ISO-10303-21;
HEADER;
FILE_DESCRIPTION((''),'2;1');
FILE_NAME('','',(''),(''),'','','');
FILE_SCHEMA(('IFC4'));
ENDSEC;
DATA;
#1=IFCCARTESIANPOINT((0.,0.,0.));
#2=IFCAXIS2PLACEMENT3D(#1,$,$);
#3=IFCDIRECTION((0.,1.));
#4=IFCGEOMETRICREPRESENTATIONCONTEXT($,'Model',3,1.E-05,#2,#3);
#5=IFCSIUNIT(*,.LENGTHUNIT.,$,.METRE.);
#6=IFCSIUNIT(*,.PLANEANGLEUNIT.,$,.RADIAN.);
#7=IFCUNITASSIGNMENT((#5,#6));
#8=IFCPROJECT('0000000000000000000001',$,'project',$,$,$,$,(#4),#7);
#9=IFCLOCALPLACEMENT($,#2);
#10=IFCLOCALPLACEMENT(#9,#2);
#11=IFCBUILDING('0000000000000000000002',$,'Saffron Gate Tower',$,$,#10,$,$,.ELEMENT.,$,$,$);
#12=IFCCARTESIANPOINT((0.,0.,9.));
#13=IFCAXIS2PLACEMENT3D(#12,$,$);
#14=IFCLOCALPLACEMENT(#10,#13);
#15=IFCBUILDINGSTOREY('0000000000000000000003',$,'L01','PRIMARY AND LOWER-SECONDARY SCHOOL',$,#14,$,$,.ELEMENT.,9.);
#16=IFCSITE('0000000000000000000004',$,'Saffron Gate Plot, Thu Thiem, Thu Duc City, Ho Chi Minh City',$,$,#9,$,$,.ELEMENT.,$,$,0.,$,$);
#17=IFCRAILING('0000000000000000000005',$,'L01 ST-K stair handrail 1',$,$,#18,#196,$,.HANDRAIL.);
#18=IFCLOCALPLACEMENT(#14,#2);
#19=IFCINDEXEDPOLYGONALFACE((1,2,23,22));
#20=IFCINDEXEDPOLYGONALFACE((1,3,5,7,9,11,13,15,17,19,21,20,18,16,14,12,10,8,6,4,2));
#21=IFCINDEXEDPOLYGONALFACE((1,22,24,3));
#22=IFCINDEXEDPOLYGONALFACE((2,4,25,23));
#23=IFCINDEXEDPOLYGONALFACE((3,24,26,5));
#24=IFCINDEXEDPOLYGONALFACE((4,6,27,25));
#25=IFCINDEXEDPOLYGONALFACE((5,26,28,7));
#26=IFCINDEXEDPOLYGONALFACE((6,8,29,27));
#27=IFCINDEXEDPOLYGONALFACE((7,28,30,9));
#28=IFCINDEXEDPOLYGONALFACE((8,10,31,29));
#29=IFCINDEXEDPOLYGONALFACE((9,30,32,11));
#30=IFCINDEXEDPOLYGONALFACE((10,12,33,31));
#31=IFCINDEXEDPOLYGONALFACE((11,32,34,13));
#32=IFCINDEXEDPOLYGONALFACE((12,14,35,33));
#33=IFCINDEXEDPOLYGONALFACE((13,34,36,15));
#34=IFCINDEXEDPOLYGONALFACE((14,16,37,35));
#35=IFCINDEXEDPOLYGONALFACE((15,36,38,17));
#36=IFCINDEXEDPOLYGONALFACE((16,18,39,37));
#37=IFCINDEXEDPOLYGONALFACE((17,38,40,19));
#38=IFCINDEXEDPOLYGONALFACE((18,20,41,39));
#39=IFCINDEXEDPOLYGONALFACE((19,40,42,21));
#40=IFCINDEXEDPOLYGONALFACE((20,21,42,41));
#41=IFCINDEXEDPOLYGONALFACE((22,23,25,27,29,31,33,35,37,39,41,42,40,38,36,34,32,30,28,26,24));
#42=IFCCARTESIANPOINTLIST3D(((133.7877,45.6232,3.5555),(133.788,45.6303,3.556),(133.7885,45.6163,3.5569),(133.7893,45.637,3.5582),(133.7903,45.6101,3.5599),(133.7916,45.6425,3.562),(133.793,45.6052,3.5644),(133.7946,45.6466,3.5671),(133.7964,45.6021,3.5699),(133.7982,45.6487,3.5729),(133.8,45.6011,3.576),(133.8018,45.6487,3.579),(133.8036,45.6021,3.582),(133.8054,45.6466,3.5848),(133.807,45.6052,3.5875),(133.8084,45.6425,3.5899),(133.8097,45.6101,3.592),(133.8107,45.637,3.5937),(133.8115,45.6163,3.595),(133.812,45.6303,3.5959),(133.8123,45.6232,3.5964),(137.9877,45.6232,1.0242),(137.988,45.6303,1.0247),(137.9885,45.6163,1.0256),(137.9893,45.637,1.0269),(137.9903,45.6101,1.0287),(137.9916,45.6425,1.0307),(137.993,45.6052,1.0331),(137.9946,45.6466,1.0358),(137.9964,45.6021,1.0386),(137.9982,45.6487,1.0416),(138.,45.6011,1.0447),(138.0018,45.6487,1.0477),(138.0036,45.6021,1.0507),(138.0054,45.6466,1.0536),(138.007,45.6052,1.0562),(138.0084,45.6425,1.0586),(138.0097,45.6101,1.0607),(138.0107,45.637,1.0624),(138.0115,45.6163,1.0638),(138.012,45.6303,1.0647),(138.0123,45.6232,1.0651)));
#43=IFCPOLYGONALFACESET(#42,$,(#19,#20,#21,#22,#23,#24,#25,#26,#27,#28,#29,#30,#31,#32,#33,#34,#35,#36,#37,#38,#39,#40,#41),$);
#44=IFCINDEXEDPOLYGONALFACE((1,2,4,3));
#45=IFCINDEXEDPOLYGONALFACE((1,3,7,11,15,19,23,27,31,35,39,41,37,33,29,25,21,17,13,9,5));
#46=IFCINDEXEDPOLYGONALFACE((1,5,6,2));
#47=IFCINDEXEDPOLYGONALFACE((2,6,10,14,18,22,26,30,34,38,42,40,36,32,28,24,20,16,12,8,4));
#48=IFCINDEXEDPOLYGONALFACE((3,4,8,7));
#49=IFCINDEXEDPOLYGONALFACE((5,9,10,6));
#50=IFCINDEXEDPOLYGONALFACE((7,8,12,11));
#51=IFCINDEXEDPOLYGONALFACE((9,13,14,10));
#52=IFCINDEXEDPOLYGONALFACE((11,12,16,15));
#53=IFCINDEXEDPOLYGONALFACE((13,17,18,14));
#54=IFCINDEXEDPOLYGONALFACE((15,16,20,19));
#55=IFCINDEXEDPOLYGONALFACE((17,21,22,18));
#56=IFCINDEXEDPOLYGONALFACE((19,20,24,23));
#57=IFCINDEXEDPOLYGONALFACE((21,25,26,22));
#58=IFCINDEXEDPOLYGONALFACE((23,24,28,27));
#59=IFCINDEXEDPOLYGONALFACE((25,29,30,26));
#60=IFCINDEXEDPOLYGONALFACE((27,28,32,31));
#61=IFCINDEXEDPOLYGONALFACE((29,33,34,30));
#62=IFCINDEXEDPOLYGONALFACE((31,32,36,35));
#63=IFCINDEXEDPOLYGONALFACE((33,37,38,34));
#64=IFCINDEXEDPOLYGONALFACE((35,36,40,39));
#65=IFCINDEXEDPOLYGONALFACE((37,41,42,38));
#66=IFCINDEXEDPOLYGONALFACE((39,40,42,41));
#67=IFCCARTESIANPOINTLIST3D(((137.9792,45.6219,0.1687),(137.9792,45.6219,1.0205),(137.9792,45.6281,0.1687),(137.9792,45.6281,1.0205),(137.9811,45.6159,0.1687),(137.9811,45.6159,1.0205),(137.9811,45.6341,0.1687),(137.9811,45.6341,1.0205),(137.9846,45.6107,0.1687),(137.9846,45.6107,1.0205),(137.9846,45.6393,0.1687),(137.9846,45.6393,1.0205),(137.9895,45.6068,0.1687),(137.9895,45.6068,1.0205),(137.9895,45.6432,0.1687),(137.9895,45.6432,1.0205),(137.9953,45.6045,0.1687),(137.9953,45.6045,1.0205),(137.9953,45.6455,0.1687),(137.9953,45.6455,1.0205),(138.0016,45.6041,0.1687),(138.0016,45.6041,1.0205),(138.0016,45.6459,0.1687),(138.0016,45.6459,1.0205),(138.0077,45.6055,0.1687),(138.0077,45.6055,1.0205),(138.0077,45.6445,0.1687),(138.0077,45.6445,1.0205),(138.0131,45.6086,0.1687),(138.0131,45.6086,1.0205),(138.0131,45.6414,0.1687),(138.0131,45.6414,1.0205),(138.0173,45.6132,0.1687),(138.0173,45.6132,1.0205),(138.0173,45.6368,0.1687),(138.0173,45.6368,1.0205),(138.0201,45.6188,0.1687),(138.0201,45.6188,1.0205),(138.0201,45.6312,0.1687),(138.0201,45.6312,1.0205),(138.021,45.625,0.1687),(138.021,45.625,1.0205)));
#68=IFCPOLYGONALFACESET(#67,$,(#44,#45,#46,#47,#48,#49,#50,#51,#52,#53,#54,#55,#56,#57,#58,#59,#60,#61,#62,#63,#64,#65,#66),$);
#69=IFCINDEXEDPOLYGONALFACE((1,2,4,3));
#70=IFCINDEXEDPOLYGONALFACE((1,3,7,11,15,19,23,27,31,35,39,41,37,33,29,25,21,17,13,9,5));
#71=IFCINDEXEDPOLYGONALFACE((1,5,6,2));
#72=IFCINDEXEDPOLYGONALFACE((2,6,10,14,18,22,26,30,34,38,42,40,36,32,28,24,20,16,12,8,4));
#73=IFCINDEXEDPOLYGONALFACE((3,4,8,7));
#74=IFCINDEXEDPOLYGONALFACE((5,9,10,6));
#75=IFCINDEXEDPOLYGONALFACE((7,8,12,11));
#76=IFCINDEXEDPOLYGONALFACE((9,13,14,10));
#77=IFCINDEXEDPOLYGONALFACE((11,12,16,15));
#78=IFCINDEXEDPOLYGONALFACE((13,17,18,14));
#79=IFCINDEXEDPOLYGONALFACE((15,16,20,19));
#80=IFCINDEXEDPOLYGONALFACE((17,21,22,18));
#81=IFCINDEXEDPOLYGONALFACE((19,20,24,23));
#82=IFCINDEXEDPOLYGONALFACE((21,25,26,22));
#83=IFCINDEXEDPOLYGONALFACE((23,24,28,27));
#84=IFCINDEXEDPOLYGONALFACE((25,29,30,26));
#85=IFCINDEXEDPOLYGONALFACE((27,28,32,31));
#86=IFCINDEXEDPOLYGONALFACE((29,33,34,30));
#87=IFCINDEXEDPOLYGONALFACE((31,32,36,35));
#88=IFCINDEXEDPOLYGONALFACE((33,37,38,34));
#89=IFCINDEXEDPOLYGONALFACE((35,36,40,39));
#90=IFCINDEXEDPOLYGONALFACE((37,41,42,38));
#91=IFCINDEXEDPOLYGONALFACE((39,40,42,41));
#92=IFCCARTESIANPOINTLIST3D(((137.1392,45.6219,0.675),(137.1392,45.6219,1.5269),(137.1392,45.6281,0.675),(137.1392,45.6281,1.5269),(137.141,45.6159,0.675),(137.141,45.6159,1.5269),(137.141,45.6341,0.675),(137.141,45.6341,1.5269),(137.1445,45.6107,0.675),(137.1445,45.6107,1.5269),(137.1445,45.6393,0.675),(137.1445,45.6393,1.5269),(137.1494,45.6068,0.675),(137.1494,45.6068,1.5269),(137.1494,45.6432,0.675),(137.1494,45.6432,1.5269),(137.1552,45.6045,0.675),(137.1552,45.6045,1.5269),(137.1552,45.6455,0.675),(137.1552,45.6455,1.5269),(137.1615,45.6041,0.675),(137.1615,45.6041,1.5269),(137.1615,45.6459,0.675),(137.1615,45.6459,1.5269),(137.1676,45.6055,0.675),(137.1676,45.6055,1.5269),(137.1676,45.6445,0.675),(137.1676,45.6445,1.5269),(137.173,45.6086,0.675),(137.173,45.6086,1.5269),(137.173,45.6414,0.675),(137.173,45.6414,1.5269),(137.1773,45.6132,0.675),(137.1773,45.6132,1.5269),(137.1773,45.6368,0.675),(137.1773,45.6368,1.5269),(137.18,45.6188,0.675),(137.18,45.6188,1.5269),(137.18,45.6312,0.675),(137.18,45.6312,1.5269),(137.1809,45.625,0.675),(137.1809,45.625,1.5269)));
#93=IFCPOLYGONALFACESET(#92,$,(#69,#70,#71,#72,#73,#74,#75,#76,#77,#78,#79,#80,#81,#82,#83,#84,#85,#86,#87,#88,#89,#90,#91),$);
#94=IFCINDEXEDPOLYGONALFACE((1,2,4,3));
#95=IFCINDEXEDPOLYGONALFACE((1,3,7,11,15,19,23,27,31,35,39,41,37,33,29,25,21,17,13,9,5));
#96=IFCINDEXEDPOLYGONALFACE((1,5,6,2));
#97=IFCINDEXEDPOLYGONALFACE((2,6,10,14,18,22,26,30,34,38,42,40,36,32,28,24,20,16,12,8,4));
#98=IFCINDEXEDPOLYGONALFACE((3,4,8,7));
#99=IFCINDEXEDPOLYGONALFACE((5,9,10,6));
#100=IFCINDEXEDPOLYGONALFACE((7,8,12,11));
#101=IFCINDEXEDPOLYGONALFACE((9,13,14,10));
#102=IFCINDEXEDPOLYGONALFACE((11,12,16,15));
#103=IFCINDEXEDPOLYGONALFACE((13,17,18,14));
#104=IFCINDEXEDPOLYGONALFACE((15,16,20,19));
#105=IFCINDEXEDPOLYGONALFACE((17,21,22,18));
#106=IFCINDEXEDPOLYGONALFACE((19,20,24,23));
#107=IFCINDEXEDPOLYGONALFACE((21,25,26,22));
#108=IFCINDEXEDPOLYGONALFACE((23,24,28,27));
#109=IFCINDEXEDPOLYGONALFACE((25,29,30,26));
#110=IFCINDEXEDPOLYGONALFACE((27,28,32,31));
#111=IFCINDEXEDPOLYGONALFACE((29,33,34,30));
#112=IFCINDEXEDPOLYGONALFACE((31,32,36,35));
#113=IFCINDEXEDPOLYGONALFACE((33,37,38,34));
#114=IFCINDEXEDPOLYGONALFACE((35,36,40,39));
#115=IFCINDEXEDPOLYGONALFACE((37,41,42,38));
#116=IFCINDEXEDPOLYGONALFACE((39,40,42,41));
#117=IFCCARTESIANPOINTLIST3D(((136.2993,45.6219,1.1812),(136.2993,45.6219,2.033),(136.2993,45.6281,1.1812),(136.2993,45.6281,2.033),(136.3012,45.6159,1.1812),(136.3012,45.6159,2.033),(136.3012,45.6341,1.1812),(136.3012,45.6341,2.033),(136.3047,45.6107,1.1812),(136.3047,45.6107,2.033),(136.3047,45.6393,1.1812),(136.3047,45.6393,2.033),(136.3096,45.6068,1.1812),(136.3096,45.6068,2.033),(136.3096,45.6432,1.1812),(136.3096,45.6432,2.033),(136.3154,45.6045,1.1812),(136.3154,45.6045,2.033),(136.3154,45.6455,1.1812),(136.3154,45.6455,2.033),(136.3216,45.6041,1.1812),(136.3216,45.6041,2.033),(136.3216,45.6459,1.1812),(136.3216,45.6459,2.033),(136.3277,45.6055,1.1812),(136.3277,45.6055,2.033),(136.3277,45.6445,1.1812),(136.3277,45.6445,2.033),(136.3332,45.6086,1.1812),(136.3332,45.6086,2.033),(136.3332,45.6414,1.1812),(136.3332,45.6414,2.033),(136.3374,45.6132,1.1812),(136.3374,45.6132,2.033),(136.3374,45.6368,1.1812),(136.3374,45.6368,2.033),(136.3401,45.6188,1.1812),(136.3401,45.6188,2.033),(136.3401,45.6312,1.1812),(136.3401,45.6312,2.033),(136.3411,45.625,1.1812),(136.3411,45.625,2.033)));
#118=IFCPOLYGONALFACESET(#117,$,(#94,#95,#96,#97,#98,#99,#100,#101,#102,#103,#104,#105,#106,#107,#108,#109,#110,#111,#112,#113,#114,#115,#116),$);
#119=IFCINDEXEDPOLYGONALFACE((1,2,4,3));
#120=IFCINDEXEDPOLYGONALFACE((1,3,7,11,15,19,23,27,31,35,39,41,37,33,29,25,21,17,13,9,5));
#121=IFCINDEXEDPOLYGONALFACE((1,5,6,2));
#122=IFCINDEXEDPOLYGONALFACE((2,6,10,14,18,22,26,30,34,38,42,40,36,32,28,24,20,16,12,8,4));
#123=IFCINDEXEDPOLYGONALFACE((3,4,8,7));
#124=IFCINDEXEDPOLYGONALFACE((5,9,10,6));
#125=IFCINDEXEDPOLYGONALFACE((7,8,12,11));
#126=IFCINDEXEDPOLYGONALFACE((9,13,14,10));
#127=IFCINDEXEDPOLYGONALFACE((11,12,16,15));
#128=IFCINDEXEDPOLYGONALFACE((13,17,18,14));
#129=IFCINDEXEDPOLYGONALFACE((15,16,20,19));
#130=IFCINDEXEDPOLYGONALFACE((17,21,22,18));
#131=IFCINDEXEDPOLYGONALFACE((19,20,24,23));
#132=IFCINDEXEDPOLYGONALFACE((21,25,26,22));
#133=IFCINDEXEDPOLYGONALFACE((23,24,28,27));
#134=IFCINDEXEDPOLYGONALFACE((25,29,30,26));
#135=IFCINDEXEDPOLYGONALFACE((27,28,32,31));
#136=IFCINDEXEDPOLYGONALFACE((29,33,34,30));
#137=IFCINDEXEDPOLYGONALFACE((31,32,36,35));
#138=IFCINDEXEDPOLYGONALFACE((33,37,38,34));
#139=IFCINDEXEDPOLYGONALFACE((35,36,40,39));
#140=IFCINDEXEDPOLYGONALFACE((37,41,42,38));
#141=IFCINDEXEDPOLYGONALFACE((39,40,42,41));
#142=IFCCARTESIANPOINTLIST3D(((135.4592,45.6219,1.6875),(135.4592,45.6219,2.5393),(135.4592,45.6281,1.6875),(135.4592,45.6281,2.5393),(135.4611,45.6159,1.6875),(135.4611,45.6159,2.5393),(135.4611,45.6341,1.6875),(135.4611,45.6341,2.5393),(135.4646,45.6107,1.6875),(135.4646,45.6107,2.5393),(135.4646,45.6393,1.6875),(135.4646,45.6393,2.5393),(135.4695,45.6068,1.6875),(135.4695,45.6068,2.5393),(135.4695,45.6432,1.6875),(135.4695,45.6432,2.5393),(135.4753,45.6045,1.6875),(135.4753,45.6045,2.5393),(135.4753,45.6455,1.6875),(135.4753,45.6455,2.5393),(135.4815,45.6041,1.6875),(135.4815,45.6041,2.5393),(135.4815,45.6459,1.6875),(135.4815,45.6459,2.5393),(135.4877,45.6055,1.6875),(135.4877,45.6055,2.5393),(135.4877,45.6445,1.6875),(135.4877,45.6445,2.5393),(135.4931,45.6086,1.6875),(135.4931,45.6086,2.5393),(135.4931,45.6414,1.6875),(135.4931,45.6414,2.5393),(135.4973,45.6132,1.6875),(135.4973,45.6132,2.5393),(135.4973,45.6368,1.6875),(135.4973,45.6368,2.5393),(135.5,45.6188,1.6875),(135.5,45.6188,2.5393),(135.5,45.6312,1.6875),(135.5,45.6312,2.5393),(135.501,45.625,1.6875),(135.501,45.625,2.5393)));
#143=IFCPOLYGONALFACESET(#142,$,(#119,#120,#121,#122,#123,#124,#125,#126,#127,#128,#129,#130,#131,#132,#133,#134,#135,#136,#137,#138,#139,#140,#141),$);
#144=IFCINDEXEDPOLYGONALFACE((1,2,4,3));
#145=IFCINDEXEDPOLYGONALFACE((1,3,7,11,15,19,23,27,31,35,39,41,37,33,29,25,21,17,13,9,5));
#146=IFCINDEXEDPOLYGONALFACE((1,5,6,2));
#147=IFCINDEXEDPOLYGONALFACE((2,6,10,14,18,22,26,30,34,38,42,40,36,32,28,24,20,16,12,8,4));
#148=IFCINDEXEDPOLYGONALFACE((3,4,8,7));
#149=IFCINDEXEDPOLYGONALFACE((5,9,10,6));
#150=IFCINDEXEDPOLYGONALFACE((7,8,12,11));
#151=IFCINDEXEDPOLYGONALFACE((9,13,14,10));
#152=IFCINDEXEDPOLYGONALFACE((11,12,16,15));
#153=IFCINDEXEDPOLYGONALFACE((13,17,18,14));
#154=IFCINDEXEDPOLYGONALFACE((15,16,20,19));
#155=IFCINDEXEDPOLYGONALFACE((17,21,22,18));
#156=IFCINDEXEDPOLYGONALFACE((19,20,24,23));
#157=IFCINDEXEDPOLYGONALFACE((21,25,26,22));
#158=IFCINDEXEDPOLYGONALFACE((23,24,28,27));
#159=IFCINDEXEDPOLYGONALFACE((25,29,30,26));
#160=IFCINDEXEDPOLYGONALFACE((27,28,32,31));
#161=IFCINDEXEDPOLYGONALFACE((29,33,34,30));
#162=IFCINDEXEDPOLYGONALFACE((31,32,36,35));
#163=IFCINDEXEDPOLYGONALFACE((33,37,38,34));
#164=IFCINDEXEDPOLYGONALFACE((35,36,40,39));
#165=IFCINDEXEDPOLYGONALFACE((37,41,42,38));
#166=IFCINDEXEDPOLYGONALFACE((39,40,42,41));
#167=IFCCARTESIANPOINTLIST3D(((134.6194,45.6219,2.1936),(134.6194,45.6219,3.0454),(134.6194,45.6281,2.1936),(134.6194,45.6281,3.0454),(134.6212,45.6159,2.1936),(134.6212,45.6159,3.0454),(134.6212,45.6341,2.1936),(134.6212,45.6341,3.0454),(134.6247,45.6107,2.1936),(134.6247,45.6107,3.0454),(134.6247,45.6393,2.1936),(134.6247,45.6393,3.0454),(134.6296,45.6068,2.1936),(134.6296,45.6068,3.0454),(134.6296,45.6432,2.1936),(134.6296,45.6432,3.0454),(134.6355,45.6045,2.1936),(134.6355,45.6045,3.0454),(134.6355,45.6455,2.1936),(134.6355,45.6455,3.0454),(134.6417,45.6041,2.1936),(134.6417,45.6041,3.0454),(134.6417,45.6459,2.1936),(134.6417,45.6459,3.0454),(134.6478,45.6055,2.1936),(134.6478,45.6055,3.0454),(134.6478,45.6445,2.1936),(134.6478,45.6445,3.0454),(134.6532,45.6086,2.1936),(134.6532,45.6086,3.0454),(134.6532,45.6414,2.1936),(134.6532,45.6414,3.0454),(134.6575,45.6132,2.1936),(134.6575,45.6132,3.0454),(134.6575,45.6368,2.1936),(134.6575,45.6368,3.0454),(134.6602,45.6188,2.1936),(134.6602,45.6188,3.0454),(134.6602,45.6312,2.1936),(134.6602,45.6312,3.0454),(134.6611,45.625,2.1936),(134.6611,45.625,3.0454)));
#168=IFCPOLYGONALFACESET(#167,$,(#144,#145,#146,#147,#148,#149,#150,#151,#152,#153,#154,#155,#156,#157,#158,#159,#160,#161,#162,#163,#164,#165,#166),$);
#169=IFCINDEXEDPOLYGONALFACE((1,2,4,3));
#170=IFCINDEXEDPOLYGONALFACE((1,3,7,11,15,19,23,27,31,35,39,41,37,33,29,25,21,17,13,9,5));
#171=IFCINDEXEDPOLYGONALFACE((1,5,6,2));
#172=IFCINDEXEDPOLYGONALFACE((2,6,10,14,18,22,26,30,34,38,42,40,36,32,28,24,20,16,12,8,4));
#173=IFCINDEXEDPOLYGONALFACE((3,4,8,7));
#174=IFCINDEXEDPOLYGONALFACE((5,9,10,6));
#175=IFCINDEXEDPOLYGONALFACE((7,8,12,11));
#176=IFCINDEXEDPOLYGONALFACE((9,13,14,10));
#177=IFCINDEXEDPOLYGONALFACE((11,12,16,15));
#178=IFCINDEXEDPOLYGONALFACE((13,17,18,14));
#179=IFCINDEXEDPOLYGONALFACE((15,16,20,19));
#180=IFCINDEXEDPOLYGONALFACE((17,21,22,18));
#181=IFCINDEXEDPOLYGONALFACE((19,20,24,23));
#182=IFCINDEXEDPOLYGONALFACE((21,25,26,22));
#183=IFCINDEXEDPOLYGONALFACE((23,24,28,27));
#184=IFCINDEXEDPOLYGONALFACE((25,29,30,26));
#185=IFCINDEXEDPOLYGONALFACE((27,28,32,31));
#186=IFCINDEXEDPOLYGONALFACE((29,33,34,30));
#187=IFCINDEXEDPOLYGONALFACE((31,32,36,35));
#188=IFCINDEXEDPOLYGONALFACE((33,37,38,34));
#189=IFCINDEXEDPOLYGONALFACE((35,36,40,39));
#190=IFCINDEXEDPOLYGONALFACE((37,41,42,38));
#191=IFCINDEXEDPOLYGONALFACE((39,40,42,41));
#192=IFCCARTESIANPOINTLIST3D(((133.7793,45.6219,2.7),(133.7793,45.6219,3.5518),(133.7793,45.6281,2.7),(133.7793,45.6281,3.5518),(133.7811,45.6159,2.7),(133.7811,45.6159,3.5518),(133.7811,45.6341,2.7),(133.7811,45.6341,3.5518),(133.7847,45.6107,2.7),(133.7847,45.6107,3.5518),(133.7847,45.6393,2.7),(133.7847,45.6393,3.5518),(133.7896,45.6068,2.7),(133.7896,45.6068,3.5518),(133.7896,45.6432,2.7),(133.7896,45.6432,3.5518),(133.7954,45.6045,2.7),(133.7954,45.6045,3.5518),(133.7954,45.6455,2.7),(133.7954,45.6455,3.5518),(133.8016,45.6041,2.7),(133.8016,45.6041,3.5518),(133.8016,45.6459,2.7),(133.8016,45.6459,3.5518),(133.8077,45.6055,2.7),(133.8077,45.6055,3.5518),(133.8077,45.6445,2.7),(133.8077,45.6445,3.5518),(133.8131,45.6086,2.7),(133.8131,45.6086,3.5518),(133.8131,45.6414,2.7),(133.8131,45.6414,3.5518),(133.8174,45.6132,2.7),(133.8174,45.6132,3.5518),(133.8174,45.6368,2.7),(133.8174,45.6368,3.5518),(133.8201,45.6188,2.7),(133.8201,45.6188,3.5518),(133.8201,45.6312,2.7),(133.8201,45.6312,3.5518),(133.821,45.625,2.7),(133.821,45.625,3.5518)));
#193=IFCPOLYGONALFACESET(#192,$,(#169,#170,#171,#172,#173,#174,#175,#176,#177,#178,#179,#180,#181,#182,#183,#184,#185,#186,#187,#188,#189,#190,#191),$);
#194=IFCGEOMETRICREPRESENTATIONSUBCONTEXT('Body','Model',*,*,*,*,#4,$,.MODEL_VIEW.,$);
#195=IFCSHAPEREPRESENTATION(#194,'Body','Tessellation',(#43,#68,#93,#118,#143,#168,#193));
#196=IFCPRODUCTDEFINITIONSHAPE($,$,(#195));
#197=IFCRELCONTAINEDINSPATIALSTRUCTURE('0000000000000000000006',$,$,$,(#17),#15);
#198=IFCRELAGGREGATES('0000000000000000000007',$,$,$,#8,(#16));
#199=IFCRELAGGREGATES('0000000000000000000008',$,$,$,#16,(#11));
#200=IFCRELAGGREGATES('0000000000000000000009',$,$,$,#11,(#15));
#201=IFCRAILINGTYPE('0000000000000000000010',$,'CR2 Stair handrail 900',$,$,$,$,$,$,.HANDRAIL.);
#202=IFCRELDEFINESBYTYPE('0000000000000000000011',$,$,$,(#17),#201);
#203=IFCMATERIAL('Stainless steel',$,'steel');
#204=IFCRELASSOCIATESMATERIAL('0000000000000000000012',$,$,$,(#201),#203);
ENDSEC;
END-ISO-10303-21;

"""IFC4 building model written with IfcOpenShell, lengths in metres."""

from ifc_helpers import new_model, si_unit, direction, frame, origin, origin_2d, place, context, subcontext, project, spatial, circle, extrude, material, type_object, element, save


model = new_model("IFC4")

# Units and contexts
model_context = context("Model", 3, precision=1e-05, world=origin(), true_north=direction((0.0, 1.0)))
body_context = subcontext(model_context, "Body", "Model", "MODEL_VIEW")
ifc_project = project(units=[si_unit("LENGTHUNIT", "METRE"), si_unit("PLANEANGLEUNIT", "RADIAN")], contexts=[model_context])

# Site, building, storey
site_placement = place(None, origin())
site = spatial("IfcSite", under=ifc_project, at=site_placement, Name="Saffron Gate Plot, Thu Thiem, Thu Duc City, Ho Chi Minh City", CompositionType="ELEMENT", RefElevation=0.0)
building_placement = place(site_placement, origin())
building = spatial("IfcBuilding", under=site, at=building_placement, Name="Saffron Gate Tower", CompositionType="ELEMENT")
storey_placement = place(building_placement, frame((0.0, 0.0, 9.0)))
storey = spatial("IfcBuildingStorey", under=building, at=storey_placement, Name="L01", Description="PRIMARY AND LOWER-SECONDARY SCHOOL", CompositionType="ELEMENT", Elevation=9.0)

# Railing
ifc_material_1 = material(Name="Stainless steel", Category="steel")
railing_type_1 = type_object("IfcRailingType", Name="CR2 Stair handrail 900", PredefinedType="HANDRAIL", material=ifc_material_1)
railing_1_placement = place(storey_placement, frame((138.0, 45.625, 0.1687)))
element("IfcRailing", 1, at=railing_1_placement, inside=storey, type_object=railing_type_1, Name="L01 ST-K stair handrail 1", PredefinedType="HANDRAIL", context=body_context, shape_type="SweptSolid", body=[
    extrude(circle(Radius=0.0239, at=origin_2d()), frame((0.0, 0.0, 0.876), z_axis=(-0.856476, 0.0, 0.516186), x_axis=(0.0, -1.0, 0.0)), (0.0, 0.0, 1.0), 4.9038),
    extrude(circle(Radius=0.021, at=origin_2d()), origin(), (0.0, 0.0, 1.0), 0.8518),
    extrude(circle(Radius=0.021, at=origin_2d()), frame((-0.8401, 0.0, 0.5063)), (0.0, 0.0, 1.0), 0.8518),
    extrude(circle(Radius=0.021, at=origin_2d()), frame((-1.6799, 0.0, 1.0125)), (0.0, 0.0, 1.0), 0.8518),
    extrude(circle(Radius=0.021, at=origin_2d()), frame((-2.52, 0.0, 1.5188)), (0.0, 0.0, 1.0), 0.8518),
    extrude(circle(Radius=0.021, at=origin_2d()), frame((-3.3599, 0.0, 2.0249)), (0.0, 0.0, 1.0), 0.8518),
    extrude(circle(Radius=0.021, at=origin_2d()), frame((-4.2, 0.0, 2.5312)), (0.0, 0.0, 1.0), 0.8518),
])

save(model, "model.ifc")
